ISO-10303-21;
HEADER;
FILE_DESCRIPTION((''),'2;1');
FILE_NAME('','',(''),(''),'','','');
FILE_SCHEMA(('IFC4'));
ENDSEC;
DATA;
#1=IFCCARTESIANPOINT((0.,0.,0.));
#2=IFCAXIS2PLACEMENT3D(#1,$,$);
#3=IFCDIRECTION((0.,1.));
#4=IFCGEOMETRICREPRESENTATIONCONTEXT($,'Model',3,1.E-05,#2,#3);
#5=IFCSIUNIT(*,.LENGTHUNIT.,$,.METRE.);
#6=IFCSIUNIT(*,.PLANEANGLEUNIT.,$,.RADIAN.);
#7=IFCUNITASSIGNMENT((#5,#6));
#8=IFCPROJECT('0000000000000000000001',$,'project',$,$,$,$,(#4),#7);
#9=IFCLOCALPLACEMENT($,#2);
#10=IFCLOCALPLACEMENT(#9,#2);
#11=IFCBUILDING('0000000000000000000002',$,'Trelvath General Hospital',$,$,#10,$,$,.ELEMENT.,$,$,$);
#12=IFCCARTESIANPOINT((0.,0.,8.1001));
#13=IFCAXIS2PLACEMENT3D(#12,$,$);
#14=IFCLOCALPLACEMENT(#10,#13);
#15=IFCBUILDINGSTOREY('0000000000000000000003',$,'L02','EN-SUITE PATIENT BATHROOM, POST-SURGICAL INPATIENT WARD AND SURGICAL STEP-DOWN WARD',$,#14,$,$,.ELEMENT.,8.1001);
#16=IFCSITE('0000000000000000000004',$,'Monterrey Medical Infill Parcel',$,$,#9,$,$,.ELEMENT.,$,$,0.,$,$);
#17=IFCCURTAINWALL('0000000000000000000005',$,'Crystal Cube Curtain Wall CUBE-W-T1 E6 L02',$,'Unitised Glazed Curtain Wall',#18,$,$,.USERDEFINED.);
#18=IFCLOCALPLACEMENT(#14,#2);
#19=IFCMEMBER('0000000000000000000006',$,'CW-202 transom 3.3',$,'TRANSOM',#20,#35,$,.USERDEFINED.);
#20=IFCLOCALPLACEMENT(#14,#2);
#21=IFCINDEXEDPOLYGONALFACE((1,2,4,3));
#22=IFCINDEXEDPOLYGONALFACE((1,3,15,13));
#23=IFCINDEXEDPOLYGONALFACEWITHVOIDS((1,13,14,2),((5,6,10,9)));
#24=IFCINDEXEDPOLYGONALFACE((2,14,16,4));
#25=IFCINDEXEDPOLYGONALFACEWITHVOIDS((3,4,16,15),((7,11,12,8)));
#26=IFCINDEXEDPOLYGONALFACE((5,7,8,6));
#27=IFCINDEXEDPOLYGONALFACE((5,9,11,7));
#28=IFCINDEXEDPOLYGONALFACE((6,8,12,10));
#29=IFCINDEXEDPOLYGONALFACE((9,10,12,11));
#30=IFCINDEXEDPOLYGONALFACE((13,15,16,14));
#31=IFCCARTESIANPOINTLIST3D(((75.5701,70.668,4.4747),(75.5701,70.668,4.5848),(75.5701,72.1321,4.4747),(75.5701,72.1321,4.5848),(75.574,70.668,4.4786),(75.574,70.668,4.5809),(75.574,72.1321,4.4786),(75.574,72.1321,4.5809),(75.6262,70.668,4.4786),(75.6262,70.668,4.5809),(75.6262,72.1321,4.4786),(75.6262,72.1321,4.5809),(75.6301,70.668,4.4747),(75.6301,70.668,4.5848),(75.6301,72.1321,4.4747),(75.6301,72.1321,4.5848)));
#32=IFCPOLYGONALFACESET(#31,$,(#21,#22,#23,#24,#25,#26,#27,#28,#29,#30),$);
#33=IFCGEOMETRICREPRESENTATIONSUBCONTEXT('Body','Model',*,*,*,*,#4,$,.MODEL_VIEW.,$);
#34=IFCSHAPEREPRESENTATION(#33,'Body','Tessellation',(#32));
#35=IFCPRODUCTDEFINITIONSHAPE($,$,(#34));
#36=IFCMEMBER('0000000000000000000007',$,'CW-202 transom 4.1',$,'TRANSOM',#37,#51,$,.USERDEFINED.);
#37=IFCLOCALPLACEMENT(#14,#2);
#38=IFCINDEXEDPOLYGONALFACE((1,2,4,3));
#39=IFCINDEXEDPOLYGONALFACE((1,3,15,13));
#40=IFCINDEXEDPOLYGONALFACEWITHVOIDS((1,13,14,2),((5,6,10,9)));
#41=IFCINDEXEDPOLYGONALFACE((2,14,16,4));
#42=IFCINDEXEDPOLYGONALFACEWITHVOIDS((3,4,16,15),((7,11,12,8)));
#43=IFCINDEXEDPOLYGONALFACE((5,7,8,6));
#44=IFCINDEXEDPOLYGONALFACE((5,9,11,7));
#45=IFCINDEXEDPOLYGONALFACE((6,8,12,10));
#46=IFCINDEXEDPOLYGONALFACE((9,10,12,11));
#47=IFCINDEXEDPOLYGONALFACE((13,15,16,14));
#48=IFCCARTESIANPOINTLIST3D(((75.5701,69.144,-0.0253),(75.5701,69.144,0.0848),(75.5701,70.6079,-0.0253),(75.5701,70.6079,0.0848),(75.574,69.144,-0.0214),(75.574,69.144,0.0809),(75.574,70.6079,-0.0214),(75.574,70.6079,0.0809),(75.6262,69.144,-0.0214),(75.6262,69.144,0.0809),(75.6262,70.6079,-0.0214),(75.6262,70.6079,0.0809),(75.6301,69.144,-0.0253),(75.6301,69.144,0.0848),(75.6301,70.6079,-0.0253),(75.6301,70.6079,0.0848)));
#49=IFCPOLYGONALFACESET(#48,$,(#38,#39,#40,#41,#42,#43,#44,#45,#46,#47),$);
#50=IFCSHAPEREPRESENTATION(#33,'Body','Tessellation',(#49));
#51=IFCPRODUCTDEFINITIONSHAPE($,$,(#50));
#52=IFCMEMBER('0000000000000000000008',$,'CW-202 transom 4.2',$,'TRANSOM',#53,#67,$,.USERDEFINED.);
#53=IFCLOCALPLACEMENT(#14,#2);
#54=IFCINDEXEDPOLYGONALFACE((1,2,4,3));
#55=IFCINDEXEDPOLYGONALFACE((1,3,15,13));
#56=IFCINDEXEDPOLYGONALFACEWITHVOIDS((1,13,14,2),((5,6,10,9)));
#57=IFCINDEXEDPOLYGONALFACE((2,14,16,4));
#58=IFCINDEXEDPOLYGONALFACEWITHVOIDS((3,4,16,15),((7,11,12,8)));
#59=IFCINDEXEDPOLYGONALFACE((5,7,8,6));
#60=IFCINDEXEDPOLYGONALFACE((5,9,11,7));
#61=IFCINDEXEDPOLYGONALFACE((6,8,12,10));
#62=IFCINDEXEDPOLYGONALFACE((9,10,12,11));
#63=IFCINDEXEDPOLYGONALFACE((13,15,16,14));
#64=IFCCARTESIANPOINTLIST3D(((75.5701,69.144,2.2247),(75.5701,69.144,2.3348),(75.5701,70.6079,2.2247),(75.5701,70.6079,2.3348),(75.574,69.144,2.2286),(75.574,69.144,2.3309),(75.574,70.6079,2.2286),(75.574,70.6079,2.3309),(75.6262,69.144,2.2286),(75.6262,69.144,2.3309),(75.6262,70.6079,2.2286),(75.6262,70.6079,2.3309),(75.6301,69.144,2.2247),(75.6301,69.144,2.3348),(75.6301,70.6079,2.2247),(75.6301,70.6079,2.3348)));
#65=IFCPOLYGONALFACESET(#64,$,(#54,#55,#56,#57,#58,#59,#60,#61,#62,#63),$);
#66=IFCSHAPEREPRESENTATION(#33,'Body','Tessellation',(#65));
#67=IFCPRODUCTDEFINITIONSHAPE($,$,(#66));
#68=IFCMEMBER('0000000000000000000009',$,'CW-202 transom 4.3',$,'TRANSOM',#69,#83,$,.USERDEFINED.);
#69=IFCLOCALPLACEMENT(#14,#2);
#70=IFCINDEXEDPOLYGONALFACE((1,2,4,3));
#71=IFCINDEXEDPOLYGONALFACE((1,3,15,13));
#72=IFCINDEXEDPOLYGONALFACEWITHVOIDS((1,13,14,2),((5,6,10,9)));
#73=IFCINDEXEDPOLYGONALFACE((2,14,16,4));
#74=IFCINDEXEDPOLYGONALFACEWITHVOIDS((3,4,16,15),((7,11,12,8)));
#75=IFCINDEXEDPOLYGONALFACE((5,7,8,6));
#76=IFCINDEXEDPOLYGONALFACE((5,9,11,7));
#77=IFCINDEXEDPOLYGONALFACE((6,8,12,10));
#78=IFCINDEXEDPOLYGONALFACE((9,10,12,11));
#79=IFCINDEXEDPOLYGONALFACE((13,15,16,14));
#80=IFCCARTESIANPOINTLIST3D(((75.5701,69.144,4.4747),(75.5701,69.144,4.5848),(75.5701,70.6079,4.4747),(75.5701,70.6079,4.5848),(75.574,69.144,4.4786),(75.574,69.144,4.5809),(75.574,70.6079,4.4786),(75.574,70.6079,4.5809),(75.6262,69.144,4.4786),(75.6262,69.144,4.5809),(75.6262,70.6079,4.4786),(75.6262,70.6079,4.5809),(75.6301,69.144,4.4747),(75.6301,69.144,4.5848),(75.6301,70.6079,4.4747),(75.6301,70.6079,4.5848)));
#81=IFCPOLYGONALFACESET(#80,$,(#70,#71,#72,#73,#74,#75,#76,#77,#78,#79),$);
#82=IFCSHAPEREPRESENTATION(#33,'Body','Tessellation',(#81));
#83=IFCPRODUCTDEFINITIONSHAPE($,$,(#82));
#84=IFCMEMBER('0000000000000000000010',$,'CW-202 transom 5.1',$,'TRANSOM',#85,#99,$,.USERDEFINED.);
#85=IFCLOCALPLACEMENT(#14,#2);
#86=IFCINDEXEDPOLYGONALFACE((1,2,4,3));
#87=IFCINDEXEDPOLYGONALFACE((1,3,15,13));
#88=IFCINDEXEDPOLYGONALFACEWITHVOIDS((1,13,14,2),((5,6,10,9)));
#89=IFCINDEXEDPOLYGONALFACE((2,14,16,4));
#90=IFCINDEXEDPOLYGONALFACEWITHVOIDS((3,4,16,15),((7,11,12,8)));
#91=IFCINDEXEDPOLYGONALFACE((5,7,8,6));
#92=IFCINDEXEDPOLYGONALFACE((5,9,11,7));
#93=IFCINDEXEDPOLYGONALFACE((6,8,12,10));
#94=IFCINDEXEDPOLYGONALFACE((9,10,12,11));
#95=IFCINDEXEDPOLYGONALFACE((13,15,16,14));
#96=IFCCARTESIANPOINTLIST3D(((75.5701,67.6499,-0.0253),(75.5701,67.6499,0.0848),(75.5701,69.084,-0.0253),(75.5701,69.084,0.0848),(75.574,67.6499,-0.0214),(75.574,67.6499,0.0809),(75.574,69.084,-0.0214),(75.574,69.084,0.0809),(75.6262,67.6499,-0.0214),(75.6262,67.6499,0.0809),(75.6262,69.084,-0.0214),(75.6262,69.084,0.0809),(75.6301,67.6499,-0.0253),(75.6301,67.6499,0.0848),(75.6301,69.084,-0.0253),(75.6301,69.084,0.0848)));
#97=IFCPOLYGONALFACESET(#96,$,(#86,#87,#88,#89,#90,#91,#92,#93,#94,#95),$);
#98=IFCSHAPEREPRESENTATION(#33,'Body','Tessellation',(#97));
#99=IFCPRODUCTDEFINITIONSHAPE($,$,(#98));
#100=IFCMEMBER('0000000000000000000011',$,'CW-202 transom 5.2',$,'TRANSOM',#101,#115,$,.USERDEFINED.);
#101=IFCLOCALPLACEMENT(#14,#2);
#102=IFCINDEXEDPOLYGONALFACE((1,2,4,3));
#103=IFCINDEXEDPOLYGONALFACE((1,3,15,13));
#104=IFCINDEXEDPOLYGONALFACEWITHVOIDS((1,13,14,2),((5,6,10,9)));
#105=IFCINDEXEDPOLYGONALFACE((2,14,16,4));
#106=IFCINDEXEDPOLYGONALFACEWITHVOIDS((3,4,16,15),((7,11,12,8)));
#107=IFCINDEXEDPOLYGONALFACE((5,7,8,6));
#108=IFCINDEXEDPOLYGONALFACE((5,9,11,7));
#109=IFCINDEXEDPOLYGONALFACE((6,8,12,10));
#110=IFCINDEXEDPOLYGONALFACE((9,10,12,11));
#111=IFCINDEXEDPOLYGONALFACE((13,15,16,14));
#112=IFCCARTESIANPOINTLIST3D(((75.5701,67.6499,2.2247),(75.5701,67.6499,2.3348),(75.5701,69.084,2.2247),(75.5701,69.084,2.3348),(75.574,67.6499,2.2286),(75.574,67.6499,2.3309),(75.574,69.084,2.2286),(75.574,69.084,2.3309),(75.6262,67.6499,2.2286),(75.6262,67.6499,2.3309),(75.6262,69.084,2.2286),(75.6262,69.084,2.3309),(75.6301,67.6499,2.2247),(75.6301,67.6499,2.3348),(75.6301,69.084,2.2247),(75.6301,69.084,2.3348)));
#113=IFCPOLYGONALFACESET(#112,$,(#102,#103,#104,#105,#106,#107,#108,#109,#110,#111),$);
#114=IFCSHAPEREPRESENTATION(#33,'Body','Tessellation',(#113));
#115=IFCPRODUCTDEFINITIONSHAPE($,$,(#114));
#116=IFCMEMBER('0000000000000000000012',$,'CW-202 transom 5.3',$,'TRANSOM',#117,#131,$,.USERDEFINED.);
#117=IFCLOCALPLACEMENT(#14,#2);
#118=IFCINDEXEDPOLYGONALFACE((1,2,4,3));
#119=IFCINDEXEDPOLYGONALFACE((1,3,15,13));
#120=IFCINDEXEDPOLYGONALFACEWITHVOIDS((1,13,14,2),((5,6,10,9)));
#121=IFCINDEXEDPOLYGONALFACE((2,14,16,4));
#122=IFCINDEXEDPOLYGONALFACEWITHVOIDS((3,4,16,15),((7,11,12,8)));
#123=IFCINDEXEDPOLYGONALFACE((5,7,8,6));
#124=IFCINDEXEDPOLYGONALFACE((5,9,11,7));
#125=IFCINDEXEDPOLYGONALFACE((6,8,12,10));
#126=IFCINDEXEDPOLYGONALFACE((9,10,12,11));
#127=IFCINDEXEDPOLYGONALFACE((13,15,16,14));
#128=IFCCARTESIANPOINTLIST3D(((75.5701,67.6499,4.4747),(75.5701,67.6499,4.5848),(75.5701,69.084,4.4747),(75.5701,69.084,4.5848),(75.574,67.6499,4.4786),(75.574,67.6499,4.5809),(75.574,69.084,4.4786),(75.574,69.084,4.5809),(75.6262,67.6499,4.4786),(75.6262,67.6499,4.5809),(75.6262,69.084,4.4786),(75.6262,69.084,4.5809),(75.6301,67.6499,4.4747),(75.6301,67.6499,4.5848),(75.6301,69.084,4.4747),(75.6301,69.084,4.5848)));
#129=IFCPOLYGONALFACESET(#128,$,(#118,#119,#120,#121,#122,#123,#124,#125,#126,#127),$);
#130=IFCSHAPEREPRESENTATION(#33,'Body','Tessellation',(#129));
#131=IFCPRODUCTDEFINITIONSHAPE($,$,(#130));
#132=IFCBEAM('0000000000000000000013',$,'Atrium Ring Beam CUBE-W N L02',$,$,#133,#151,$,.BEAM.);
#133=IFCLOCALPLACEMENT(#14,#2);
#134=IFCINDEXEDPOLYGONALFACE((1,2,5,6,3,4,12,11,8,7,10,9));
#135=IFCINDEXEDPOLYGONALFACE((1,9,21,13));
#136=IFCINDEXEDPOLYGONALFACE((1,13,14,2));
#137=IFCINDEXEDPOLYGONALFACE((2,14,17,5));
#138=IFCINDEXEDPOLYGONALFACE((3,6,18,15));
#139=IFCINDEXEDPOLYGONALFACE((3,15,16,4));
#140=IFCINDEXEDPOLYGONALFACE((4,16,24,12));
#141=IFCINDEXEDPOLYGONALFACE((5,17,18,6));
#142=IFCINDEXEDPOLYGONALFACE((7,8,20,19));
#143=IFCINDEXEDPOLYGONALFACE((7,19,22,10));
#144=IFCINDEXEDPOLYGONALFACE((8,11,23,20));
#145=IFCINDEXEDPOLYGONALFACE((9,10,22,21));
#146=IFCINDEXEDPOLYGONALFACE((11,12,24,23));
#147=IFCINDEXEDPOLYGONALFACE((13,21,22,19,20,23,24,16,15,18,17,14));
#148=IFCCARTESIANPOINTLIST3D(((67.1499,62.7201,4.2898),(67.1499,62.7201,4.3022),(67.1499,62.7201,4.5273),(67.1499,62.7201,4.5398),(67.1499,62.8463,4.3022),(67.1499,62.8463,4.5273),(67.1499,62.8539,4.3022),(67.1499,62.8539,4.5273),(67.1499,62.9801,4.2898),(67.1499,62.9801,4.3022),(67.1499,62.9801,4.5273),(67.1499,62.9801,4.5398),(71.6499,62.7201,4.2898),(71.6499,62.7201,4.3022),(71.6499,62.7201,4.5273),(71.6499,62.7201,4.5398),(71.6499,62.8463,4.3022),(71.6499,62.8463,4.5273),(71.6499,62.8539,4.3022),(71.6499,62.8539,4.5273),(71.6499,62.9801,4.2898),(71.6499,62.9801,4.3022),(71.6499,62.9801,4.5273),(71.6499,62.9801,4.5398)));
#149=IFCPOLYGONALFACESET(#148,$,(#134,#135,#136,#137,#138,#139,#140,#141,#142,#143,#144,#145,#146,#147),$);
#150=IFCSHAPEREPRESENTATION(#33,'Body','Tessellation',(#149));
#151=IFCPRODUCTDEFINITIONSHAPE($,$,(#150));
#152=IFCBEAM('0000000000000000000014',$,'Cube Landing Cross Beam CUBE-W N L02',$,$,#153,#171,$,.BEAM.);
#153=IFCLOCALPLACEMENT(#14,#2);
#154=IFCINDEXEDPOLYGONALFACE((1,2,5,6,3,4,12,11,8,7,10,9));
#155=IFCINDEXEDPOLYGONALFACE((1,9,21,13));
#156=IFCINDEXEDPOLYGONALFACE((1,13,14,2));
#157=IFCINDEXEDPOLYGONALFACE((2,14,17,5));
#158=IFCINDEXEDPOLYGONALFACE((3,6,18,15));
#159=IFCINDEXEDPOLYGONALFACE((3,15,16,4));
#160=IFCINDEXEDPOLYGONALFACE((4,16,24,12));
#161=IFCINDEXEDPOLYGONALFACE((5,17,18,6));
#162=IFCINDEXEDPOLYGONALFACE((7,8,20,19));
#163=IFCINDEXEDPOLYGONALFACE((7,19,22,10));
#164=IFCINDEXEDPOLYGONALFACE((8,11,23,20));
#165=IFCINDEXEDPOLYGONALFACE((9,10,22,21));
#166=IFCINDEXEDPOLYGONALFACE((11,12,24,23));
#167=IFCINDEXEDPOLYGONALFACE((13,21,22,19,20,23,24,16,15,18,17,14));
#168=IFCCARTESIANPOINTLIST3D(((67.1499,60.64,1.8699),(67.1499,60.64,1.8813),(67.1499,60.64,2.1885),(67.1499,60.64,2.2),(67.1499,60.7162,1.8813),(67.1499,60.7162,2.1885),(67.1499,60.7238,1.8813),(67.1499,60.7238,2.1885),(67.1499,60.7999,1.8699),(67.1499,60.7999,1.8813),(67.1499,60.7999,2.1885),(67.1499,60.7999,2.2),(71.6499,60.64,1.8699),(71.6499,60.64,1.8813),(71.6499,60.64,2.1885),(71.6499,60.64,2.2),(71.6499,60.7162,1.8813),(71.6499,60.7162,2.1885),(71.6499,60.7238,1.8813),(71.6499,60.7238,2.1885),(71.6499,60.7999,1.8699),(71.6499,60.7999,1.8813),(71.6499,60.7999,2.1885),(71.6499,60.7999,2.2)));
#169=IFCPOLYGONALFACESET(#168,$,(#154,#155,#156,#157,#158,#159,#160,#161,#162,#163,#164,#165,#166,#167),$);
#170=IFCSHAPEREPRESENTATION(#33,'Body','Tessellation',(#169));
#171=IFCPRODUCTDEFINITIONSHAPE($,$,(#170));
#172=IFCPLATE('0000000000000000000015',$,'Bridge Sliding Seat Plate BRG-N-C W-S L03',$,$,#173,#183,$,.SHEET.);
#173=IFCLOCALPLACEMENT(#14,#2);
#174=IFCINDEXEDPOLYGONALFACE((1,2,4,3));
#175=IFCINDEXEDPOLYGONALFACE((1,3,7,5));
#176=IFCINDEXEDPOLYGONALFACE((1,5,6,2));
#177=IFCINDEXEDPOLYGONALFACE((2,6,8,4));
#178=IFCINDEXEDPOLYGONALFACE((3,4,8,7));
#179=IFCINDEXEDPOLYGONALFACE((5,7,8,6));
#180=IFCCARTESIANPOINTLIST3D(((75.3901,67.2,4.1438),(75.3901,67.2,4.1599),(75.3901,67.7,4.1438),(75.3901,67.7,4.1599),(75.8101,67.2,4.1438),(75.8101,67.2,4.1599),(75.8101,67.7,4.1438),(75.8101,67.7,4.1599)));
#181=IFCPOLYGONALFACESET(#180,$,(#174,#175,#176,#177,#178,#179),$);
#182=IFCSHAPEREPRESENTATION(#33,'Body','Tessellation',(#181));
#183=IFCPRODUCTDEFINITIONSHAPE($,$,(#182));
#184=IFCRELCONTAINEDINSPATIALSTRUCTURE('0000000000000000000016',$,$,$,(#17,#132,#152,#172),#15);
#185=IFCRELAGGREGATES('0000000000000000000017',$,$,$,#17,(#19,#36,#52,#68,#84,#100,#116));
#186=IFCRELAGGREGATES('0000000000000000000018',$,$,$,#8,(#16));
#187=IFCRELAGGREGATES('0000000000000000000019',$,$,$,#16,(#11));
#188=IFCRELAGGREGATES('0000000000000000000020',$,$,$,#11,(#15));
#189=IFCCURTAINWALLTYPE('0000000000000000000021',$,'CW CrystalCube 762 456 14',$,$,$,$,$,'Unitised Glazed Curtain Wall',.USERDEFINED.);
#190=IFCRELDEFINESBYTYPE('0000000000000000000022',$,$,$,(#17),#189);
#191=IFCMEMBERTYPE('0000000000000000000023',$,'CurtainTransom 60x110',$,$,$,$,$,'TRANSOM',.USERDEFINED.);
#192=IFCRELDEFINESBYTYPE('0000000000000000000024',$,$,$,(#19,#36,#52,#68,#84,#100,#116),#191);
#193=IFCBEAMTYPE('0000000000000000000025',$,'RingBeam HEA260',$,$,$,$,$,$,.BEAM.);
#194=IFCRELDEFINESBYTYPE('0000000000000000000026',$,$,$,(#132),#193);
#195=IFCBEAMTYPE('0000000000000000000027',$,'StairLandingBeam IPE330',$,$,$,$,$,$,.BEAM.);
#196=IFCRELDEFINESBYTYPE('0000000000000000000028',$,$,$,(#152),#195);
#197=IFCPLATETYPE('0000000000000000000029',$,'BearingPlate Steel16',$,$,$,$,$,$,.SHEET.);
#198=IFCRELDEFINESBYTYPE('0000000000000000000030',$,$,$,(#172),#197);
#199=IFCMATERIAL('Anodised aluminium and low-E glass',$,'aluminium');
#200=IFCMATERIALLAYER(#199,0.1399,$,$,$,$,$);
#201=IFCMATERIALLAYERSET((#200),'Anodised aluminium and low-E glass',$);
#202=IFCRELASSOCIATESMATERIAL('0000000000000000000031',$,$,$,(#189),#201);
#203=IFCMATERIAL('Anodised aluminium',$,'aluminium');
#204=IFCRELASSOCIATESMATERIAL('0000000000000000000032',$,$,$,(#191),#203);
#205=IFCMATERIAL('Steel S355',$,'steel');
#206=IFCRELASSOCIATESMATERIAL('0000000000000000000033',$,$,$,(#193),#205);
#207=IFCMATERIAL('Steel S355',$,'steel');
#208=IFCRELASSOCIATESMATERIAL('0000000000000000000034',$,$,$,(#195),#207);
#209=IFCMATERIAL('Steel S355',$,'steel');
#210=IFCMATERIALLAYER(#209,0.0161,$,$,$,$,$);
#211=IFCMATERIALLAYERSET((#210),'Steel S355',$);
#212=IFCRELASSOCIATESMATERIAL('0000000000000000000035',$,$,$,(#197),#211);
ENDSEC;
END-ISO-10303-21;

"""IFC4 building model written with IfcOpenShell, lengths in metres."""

from ifc_helpers import new_model, si_unit, direction, frame, origin, origin_2d, place, context, subcontext, project, spatial, rectangle, hollow_rectangle, i_section, extrude, material, layer, layer_set, material_profile, profile_set, type_object, element, aggregate, save


model = new_model("IFC4")

# Units and contexts
model_context = context("Model", 3, precision=1e-05, world=origin(), true_north=direction((0.0, 1.0)))
body_context = subcontext(model_context, "Body", "Model", "MODEL_VIEW")
ifc_project = project(units=[si_unit("LENGTHUNIT", "METRE"), si_unit("PLANEANGLEUNIT", "RADIAN")], contexts=[model_context])

# Site, building, storey
site_placement = place(None, origin())
site = spatial("IfcSite", under=ifc_project, at=site_placement, Name="Monterrey Medical Infill Parcel", CompositionType="ELEMENT", RefElevation=0.0)
building_placement = place(site_placement, origin())
building = spatial("IfcBuilding", under=site, at=building_placement, Name="Trelvath General Hospital", CompositionType="ELEMENT")
storey_placement = place(building_placement, frame((0.0, 0.0, 8.1001)))
storey = spatial("IfcBuildingStorey", under=building, at=storey_placement, Name="L02", Description="EN-SUITE PATIENT BATHROOM, POST-SURGICAL INPATIENT WARD AND SURGICAL STEP-DOWN WARD", CompositionType="ELEMENT", Elevation=8.1001)

# Curtain wall, members
ifc_material_1 = material(Name="Anodised aluminium and low-E glass", Category="aluminium")
ifc_layer_1 = layer(ifc_material_1, 0.1399)
ifc_layer_set_1 = layer_set([ifc_layer_1], Name="Anodised aluminium and low-E glass")
curtain_wall_type = type_object("IfcCurtainWallType", Name="CW CrystalCube 762 456 14", ElementType="Unitised Glazed Curtain Wall", PredefinedType="USERDEFINED", material=ifc_layer_set_1)
curtain_wall_placement = place(storey_placement, origin())
curtain_wall = element("IfcCurtainWall", 1, at=curtain_wall_placement, inside=storey, type_object=curtain_wall_type, Name="Crystal Cube Curtain Wall CUBE-W-T1 E6 L02", ObjectType="Unitised Glazed Curtain Wall", PredefinedType="USERDEFINED")
ifc_material_2 = material(Name="Anodised aluminium", Category="aluminium")
ifc_material_profile_1 = material_profile(ifc_material_2, hollow_rectangle(XDim=0.0601, YDim=0.1101, WallThickness=0.0039, at=origin_2d()), Name="RHS60x110x4")
ifc_profile_set_1 = profile_set([ifc_material_profile_1], Name="Anodised aluminium")
member_type_1 = type_object("IfcMemberType", Name="CurtainTransom 60x110", ElementType="TRANSOM", PredefinedType="USERDEFINED", material=ifc_profile_set_1)
member_1_placement = place(storey_placement, frame((75.6001, 72.1321, 4.5298), z_axis=(0.0, -1.0, 0.0), x_axis=(1.0, 0.0, 0.0)))
member_1 = element("IfcMember", 2, at=member_1_placement, type_object=member_type_1, Name="CW-202 transom 3.3", ObjectType="TRANSOM", PredefinedType="USERDEFINED", context=body_context, shape_type="SweptSolid", body=[
    extrude(hollow_rectangle(XDim=0.0601, YDim=0.1101, WallThickness=0.0039, at=origin_2d()), origin(), (0.0, 0.0, 1.0), 1.4641),
])
member_2_placement = place(storey_placement, frame((75.6001, 70.6079, 0.0298), z_axis=(0.0, -1.0, 0.0), x_axis=(1.0, 0.0, 0.0)))
member_2 = element("IfcMember", 3, at=member_2_placement, type_object=member_type_1, Name="CW-202 transom 4.1", ObjectType="TRANSOM", PredefinedType="USERDEFINED", context=body_context, shape_type="SweptSolid", body=[
    extrude(hollow_rectangle(XDim=0.0601, YDim=0.1101, WallThickness=0.0039, at=origin_2d()), origin(), (0.0, 0.0, 1.0), 1.4639),
])
member_3_placement = place(storey_placement, frame((75.6001, 70.6079, 2.2798), z_axis=(0.0, -1.0, 0.0), x_axis=(1.0, 0.0, 0.0)))
member_3 = element("IfcMember", 4, at=member_3_placement, type_object=member_type_1, Name="CW-202 transom 4.2", ObjectType="TRANSOM", PredefinedType="USERDEFINED", context=body_context, shape_type="SweptSolid", body=[
    extrude(hollow_rectangle(XDim=0.0601, YDim=0.1101, WallThickness=0.0039, at=origin_2d()), origin(), (0.0, 0.0, 1.0), 1.4639),
])
member_4_placement = place(storey_placement, frame((75.6001, 70.6079, 4.5298), z_axis=(0.0, -1.0, 0.0), x_axis=(1.0, 0.0, 0.0)))
member_4 = element("IfcMember", 5, at=member_4_placement, type_object=member_type_1, Name="CW-202 transom 4.3", ObjectType="TRANSOM", PredefinedType="USERDEFINED", context=body_context, shape_type="SweptSolid", body=[
    extrude(hollow_rectangle(XDim=0.0601, YDim=0.1101, WallThickness=0.0039, at=origin_2d()), origin(), (0.0, 0.0, 1.0), 1.4639),
])
member_5_placement = place(storey_placement, frame((75.6001, 69.084, 0.0298), z_axis=(0.0, -1.0, 0.0), x_axis=(1.0, 0.0, 0.0)))
member_5 = element("IfcMember", 6, at=member_5_placement, type_object=member_type_1, Name="CW-202 transom 5.1", ObjectType="TRANSOM", PredefinedType="USERDEFINED", context=body_context, shape_type="SweptSolid", body=[
    extrude(hollow_rectangle(XDim=0.0601, YDim=0.1101, WallThickness=0.0039, at=origin_2d()), origin(), (0.0, 0.0, 1.0), 1.4341),
])
member_6_placement = place(storey_placement, frame((75.6001, 69.084, 2.2798), z_axis=(0.0, -1.0, 0.0), x_axis=(1.0, 0.0, 0.0)))
member_6 = element("IfcMember", 7, at=member_6_placement, type_object=member_type_1, Name="CW-202 transom 5.2", ObjectType="TRANSOM", PredefinedType="USERDEFINED", context=body_context, shape_type="SweptSolid", body=[
    extrude(hollow_rectangle(XDim=0.0601, YDim=0.1101, WallThickness=0.0039, at=origin_2d()), origin(), (0.0, 0.0, 1.0), 1.4341),
])
member_7_placement = place(storey_placement, frame((75.6001, 69.084, 4.5298), z_axis=(0.0, -1.0, 0.0), x_axis=(1.0, 0.0, 0.0)))
member_7 = element("IfcMember", 8, at=member_7_placement, type_object=member_type_1, Name="CW-202 transom 5.3", ObjectType="TRANSOM", PredefinedType="USERDEFINED", context=body_context, shape_type="SweptSolid", body=[
    extrude(hollow_rectangle(XDim=0.0601, YDim=0.1101, WallThickness=0.0039, at=origin_2d()), origin(), (0.0, 0.0, 1.0), 1.4341),
])

# Beams
ifc_material_3 = material(Name="Steel S355", Category="steel")
ifc_material_profile_2 = material_profile(ifc_material_3, i_section(OverallWidth=0.26, OverallDepth=0.25, WebThickness=0.0076, FlangeThickness=0.0125, at=origin_2d()), Name="HEA260")
ifc_profile_set_2 = profile_set([ifc_material_profile_2], Name="Steel S355")
beam_type_1 = type_object("IfcBeamType", Name="RingBeam HEA260", PredefinedType="BEAM", material=ifc_profile_set_2)
beam_1_placement = place(storey_placement, frame((67.1499, 62.8501, 4.4148), z_axis=(1.0, 0.0, 0.0), x_axis=(0.0, 1.0, 0.0)))
element("IfcBeam", 9, at=beam_1_placement, inside=storey, type_object=beam_type_1, Name="Atrium Ring Beam CUBE-W N L02", PredefinedType="BEAM", context=body_context, shape_type="SweptSolid", body=[
    extrude(i_section(OverallWidth=0.26, OverallDepth=0.25, WebThickness=0.0076, FlangeThickness=0.0125, at=origin_2d()), origin(), (0.0, 0.0, 1.0), 4.5),
])
ifc_material_4 = material(Name="Steel S355", Category="steel")
ifc_material_profile_3 = material_profile(ifc_material_4, i_section(OverallWidth=0.1599, OverallDepth=0.3301, WebThickness=0.0076, FlangeThickness=0.0115, at=origin_2d()), Name="IPE330")
ifc_profile_set_3 = profile_set([ifc_material_profile_3], Name="Steel S355")
beam_type_2 = type_object("IfcBeamType", Name="StairLandingBeam IPE330", PredefinedType="BEAM", material=ifc_profile_set_3)
beam_2_placement = place(storey_placement, frame((67.1499, 60.72, 2.0349), z_axis=(1.0, 0.0, 0.0), x_axis=(0.0, 1.0, 0.0)))
element("IfcBeam", 10, at=beam_2_placement, inside=storey, type_object=beam_type_2, Name="Cube Landing Cross Beam CUBE-W N L02", PredefinedType="BEAM", context=body_context, shape_type="SweptSolid", body=[
    extrude(i_section(OverallWidth=0.1599, OverallDepth=0.3301, WebThickness=0.0076, FlangeThickness=0.0115, at=origin_2d()), origin(), (0.0, 0.0, 1.0), 4.5),
])

# Plate
ifc_material_5 = material(Name="Steel S355", Category="steel")
ifc_layer_2 = layer(ifc_material_5, 0.0161)
ifc_layer_set_2 = layer_set([ifc_layer_2], Name="Steel S355")
plate_type_1 = type_object("IfcPlateType", Name="BearingPlate Steel16", PredefinedType="SHEET", material=ifc_layer_set_2)
plate_1_placement = place(storey_placement, frame((75.6001, 67.45, 4.1438), z_axis=(0.0, 0.0, 1.0), x_axis=(1.0, 0.0, 0.0)))
element("IfcPlate", 11, at=plate_1_placement, inside=storey, type_object=plate_type_1, Name="Bridge Sliding Seat Plate BRG-N-C W-S L03", PredefinedType="SHEET", context=body_context, shape_type="SweptSolid", body=[
    extrude(rectangle(XDim=0.4199, YDim=0.5, at=origin_2d()), origin(), (0.0, 0.0, 1.0), 0.0161),
])
aggregate(curtain_wall, [member_1, member_2, member_3, member_4, member_5, member_6, member_7])

save(model, "model.ifc")
